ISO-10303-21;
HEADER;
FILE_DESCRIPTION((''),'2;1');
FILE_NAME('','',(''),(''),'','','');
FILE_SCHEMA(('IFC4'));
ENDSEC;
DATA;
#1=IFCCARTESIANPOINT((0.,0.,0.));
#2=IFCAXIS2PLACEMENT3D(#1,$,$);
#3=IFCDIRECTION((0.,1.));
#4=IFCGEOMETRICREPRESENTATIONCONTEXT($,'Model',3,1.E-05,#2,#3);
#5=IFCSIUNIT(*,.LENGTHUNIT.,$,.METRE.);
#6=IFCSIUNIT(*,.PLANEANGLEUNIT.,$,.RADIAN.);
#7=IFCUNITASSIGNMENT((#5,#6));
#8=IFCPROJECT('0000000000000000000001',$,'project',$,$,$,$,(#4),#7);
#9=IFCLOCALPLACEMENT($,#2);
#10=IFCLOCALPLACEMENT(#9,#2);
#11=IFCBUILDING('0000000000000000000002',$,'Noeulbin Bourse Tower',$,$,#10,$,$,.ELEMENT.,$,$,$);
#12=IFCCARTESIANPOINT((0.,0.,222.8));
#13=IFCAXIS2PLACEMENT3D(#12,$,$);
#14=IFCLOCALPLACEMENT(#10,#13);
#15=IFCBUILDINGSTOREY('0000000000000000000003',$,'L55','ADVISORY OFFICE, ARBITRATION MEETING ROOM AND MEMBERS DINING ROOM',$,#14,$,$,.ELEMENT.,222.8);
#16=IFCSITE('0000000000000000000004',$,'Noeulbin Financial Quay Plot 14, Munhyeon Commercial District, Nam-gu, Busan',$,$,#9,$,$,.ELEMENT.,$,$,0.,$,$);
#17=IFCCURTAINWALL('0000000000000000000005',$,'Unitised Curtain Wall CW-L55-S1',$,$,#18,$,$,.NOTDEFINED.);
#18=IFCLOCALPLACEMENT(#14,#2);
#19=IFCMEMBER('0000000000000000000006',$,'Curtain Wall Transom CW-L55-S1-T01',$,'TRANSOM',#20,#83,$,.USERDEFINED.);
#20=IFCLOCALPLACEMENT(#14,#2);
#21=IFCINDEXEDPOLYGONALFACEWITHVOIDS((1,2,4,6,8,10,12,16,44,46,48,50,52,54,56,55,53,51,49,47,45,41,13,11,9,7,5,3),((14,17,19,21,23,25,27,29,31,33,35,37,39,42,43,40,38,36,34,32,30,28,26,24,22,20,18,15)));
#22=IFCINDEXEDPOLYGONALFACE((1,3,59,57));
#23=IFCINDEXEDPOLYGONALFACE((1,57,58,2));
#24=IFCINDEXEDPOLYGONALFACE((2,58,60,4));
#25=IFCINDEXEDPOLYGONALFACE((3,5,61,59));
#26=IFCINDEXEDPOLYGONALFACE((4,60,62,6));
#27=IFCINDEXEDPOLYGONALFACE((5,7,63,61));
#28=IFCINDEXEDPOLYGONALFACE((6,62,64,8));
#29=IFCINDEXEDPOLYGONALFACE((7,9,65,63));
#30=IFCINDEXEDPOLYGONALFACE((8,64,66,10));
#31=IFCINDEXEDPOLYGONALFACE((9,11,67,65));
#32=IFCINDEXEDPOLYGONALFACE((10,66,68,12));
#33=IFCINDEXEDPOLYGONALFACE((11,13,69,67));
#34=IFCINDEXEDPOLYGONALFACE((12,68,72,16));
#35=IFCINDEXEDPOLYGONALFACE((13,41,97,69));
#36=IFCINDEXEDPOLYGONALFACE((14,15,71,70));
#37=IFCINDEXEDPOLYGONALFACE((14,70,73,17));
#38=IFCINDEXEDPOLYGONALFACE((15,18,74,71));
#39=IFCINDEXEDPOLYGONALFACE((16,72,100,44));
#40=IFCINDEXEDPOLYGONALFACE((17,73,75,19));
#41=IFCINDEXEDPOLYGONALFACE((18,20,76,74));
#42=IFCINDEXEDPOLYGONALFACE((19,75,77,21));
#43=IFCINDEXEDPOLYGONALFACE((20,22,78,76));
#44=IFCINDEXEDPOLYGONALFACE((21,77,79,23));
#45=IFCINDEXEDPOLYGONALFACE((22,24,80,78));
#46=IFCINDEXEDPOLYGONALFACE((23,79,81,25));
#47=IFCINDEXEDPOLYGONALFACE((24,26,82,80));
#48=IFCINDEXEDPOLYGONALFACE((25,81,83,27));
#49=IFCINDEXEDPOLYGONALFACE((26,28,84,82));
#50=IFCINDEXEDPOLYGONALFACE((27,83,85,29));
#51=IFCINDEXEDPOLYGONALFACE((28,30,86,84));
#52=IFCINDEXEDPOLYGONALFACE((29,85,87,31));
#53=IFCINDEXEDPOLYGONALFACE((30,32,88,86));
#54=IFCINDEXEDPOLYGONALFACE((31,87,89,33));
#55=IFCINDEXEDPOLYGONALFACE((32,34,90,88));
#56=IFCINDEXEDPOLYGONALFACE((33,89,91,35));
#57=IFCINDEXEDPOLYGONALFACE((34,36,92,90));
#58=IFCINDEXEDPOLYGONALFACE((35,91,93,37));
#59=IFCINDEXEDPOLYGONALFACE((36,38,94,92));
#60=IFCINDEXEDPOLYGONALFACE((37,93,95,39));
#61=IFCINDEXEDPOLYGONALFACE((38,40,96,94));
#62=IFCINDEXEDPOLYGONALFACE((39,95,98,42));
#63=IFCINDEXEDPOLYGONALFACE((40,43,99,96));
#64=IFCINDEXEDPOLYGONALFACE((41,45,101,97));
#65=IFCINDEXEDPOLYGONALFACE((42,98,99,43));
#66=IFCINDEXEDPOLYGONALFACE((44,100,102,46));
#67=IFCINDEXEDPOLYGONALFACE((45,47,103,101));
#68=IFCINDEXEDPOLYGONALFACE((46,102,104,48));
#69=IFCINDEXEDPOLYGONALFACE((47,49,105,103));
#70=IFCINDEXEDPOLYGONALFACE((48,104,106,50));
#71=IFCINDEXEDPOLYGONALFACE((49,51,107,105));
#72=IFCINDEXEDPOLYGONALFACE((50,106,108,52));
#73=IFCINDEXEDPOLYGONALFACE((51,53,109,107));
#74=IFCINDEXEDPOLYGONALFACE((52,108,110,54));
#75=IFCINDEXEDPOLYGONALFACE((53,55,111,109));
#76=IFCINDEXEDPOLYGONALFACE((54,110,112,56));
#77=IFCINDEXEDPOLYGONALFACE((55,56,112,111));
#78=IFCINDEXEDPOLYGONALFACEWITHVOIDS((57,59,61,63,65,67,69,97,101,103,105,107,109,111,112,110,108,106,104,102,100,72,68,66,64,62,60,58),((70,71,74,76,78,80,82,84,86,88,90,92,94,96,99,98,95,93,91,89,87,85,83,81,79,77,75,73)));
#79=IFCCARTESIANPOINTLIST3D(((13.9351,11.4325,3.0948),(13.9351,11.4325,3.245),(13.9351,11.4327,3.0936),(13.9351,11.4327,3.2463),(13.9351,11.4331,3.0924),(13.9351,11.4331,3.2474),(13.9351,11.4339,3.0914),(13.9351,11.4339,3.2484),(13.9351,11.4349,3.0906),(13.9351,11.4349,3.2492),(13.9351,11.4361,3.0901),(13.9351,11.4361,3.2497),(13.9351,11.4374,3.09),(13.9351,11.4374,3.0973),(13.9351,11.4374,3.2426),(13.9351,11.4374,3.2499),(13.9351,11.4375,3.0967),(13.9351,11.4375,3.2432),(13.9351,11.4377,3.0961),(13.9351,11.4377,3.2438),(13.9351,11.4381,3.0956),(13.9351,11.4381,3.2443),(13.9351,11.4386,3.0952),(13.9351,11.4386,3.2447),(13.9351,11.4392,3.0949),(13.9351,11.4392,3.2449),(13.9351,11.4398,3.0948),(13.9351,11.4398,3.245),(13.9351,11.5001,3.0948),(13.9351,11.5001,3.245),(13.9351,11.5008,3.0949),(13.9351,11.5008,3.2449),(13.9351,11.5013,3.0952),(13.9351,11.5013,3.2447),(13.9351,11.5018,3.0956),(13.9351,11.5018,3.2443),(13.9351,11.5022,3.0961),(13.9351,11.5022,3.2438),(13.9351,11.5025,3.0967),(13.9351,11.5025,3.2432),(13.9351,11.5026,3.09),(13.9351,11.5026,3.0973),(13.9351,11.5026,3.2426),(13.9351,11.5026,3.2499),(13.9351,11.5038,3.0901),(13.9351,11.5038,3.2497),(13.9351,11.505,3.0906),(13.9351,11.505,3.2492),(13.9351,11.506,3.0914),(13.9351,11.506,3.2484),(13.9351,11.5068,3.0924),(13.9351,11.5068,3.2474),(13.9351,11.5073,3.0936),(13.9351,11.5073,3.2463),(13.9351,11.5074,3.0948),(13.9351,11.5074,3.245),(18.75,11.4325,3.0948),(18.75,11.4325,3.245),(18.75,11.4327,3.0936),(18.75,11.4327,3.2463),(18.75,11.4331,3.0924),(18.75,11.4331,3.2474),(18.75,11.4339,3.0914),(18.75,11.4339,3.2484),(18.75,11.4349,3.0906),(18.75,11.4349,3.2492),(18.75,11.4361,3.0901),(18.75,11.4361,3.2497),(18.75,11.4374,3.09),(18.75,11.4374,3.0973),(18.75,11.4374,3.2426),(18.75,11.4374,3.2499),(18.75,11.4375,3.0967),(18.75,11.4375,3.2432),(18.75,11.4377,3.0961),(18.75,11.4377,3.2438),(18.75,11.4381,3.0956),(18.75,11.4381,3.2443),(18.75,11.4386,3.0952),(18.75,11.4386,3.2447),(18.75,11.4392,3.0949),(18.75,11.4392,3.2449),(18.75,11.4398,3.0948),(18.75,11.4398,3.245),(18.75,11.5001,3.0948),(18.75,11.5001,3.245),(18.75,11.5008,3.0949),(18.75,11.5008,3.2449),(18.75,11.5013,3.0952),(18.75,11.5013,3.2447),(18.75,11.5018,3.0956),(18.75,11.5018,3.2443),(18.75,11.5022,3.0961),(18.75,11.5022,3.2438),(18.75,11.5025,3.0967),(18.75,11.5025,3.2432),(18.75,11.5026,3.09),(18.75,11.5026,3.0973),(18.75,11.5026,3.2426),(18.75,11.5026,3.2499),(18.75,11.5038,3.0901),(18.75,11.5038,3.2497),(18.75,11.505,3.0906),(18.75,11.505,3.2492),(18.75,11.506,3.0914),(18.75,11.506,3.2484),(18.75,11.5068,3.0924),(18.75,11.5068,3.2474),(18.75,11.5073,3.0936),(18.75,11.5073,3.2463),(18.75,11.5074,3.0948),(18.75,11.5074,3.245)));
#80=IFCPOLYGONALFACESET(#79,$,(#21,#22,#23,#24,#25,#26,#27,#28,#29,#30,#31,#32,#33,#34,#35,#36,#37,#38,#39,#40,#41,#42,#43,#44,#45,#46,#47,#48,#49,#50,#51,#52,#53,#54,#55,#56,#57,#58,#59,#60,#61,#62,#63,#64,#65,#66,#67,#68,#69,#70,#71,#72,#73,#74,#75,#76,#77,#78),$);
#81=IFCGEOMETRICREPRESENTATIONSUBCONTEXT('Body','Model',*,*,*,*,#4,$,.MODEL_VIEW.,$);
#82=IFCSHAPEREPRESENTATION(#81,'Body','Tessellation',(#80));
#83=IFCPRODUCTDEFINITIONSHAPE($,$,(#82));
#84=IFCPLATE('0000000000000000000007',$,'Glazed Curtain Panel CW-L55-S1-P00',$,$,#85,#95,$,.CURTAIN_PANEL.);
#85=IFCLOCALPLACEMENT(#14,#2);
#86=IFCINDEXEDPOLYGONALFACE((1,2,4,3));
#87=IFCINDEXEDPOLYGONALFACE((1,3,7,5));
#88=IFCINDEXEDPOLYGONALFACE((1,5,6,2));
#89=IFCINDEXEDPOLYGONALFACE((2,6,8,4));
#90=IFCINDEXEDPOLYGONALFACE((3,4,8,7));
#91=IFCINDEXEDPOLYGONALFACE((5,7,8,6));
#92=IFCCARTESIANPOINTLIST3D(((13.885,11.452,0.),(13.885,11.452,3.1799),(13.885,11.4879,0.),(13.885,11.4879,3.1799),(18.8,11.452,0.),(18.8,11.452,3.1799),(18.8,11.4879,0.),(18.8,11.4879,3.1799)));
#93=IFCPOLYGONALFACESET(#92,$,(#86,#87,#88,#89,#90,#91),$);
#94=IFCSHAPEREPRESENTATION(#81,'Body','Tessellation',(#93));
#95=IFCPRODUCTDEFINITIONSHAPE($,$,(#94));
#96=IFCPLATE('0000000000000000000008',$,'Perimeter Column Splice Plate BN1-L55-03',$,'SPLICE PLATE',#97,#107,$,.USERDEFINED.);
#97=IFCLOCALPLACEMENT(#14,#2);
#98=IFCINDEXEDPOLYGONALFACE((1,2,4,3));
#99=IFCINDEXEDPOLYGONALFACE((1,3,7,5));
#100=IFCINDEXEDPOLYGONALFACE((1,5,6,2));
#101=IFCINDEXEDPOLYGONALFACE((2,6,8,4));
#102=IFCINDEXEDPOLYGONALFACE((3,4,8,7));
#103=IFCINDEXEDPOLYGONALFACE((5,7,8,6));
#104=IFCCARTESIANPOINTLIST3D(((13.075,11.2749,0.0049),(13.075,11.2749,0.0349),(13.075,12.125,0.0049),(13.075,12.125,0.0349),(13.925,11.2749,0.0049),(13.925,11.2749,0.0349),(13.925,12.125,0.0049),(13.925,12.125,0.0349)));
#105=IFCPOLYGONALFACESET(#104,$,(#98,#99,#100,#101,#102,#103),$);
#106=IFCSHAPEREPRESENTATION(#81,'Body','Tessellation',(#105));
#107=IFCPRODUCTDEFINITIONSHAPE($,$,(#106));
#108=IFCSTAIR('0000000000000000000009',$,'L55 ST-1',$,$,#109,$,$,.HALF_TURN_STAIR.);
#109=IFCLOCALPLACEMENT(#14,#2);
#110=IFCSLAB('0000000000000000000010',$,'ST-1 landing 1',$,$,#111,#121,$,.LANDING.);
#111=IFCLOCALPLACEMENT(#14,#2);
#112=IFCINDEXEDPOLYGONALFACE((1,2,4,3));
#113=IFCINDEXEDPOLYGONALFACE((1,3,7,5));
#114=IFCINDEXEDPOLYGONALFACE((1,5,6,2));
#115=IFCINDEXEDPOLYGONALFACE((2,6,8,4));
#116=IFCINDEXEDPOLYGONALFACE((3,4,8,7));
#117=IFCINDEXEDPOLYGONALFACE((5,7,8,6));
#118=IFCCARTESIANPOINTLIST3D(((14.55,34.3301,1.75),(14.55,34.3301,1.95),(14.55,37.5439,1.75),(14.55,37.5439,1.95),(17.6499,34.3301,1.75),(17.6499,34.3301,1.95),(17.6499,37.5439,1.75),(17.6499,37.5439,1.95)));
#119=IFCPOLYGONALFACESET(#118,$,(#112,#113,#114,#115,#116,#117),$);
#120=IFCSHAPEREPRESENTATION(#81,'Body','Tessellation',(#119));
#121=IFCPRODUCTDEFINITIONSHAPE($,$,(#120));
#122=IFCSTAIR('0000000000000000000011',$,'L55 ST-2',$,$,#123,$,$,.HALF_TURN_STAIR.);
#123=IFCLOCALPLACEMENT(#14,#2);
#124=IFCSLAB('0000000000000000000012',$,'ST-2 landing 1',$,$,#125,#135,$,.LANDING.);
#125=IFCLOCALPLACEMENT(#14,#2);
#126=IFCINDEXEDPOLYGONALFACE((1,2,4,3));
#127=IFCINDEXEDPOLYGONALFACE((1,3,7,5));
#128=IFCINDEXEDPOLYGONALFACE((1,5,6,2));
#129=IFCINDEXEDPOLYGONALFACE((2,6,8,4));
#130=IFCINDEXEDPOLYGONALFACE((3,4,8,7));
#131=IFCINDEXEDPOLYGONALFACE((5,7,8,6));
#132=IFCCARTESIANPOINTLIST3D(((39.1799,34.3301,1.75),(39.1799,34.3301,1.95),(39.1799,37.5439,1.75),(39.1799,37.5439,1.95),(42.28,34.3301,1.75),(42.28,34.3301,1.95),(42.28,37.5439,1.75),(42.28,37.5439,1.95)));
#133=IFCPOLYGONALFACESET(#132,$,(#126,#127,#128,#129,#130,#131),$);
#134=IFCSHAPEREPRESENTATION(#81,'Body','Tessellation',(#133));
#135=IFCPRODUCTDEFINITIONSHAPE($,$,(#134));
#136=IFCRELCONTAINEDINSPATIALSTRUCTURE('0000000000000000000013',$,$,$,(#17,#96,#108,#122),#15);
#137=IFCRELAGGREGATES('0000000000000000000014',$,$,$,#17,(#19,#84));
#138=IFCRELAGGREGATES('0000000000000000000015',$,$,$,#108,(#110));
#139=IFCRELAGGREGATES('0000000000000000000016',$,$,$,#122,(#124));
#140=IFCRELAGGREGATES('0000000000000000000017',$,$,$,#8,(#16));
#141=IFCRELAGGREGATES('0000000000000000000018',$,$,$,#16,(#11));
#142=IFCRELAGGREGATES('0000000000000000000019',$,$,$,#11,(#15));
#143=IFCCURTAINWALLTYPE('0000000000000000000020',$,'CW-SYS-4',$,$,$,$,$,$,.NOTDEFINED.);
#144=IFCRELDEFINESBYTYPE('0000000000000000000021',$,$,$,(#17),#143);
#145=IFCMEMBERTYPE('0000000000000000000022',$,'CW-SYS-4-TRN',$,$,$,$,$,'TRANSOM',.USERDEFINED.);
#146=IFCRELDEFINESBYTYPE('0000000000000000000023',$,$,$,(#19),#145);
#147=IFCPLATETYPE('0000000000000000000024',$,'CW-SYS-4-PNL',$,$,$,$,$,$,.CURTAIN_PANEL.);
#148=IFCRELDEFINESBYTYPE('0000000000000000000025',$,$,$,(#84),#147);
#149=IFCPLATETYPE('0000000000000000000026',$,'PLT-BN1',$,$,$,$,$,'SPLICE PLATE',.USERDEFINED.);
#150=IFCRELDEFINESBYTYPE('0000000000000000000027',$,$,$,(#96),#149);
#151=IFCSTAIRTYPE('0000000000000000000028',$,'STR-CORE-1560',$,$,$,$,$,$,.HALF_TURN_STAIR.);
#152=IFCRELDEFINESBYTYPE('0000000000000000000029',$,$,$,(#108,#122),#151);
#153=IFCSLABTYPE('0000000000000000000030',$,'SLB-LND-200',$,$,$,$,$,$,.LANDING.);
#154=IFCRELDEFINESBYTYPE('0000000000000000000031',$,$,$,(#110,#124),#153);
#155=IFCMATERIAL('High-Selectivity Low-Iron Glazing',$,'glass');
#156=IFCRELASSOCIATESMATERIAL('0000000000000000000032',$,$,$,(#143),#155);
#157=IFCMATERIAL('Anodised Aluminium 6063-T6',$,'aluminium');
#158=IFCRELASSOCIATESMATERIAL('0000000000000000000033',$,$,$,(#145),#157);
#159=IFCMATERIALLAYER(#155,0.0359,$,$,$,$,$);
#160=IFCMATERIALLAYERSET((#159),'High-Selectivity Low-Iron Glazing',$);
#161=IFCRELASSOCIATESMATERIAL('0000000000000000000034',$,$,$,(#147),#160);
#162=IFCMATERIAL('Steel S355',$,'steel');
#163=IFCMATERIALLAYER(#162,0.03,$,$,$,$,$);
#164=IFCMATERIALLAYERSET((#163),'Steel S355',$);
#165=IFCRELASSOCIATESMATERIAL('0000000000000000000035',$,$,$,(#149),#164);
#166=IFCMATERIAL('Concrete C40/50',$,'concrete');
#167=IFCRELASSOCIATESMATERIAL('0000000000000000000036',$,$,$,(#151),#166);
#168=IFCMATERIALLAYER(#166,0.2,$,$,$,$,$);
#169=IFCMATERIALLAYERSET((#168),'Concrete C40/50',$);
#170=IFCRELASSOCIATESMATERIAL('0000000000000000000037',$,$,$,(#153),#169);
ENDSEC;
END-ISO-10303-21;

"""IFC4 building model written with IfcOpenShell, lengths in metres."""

from ifc_helpers import new_model, si_unit, direction, frame, origin, origin_2d, place, context, subcontext, project, spatial, polyline, rectangle, hollow_rectangle, outline, extrude, material, layer, layer_set, material_profile, profile_set, type_object, element, aggregate, save


model = new_model("IFC4")

# Units and contexts
model_context = context("Model", 3, precision=1e-05, world=origin(), true_north=direction((0.0, 1.0)))
body_context = subcontext(model_context, "Body", "Model", "MODEL_VIEW")
ifc_project = project(units=[si_unit("LENGTHUNIT", "METRE"), si_unit("PLANEANGLEUNIT", "RADIAN")], contexts=[model_context])

# Site, building, storey
site_placement = place(None, origin())
site = spatial("IfcSite", under=ifc_project, at=site_placement, Name="Noeulbin Financial Quay Plot 14, Munhyeon Commercial District, Nam-gu, Busan", CompositionType="ELEMENT", RefElevation=0.0)
building_placement = place(site_placement, origin())
building = spatial("IfcBuilding", under=site, at=building_placement, Name="Noeulbin Bourse Tower", CompositionType="ELEMENT")
storey_placement = place(building_placement, frame((0.0, 0.0, 222.8)))
storey = spatial("IfcBuildingStorey", under=building, at=storey_placement, Name="L55", Description="ADVISORY OFFICE, ARBITRATION MEETING ROOM AND MEMBERS DINING ROOM", CompositionType="ELEMENT", Elevation=222.8)

# Shared definitions
ifc_material_1 = material(Name="Steel S355", Category="steel")

# Curtain wall, member, plate
ifc_material_2 = material(Name="High-Selectivity Low-Iron Glazing", Category="glass")
curtain_wall_type = type_object("IfcCurtainWallType", Name="CW-SYS-4", PredefinedType="NOTDEFINED", material=ifc_material_2)
curtain_wall_placement = place(storey_placement, origin())
curtain_wall = element("IfcCurtainWall", 1, at=curtain_wall_placement, inside=storey, type_object=curtain_wall_type, Name="Unitised Curtain Wall CW-L55-S1", PredefinedType="NOTDEFINED")
ifc_material_3 = material(Name="Anodised Aluminium 6063-T6", Category="aluminium")
ifc_material_profile_1 = material_profile(ifc_material_3, hollow_rectangle(XDim=0.075, YDim=0.1599, WallThickness=0.0049, InnerFilletRadius=0.0024, OuterFilletRadius=0.0049, at=origin_2d()), Name="ALU-TRAN-75x160x5", Category="LoadBearing")
ifc_profile_set_1 = profile_set([ifc_material_profile_1], Name="Anodised Aluminium 6063-T6")
member_type_1 = type_object("IfcMemberType", Name="CW-SYS-4-TRN", ElementType="TRANSOM", PredefinedType="USERDEFINED", material=ifc_profile_set_1)
member_1_placement = place(storey_placement, frame((13.9351, 11.47, 3.1699), z_axis=(1.0, 0.0, 0.0), x_axis=(0.0, 1.0, 0.0)))
member_1 = element("IfcMember", 2, at=member_1_placement, type_object=member_type_1, Name="Curtain Wall Transom CW-L55-S1-T01", ObjectType="TRANSOM", PredefinedType="USERDEFINED", context=body_context, shape_type="SweptSolid", body=[
    extrude(hollow_rectangle(XDim=0.075, YDim=0.1599, WallThickness=0.0049, InnerFilletRadius=0.0024, OuterFilletRadius=0.0049, at=origin_2d()), origin(), (0.0, 0.0, 1.0), 4.8149),
])
ifc_layer_1 = layer(ifc_material_2, 0.0359)
ifc_layer_set_1 = layer_set([ifc_layer_1], Name="High-Selectivity Low-Iron Glazing")
plate_type_1 = type_object("IfcPlateType", Name="CW-SYS-4-PNL", PredefinedType="CURTAIN_PANEL", material=ifc_layer_set_1)
plate_1_placement = place(storey_placement, frame((16.3425, 11.47, 0.0), z_axis=(0.0, 0.0, 1.0), x_axis=(1.0, 0.0, 0.0)))
plate_1 = element("IfcPlate", 3, at=plate_1_placement, type_object=plate_type_1, Name="Glazed Curtain Panel CW-L55-S1-P00", PredefinedType="CURTAIN_PANEL", context=body_context, shape_type="SweptSolid", body=[
    extrude(rectangle(XDim=4.915, YDim=0.0359, at=origin_2d()), origin(), (0.0, 0.0, 1.0), 3.1799),
])
aggregate(curtain_wall, [member_1, plate_1])

# Plate
ifc_layer_2 = layer(ifc_material_1, 0.03)
ifc_layer_set_2 = layer_set([ifc_layer_2], Name="Steel S355")
plate_type_2 = type_object("IfcPlateType", Name="PLT-BN1", ElementType="SPLICE PLATE", PredefinedType="USERDEFINED", material=ifc_layer_set_2)
plate_2_placement = place(storey_placement, frame((13.5, 11.7, 0.0049), z_axis=(0.0, 0.0, 1.0), x_axis=(1.0, 0.0, 0.0)))
element("IfcPlate", 4, at=plate_2_placement, inside=storey, type_object=plate_type_2, Name="Perimeter Column Splice Plate BN1-L55-03", ObjectType="SPLICE PLATE", PredefinedType="USERDEFINED", context=body_context, shape_type="SweptSolid", body=[
    extrude(rectangle(XDim=0.8501, YDim=0.8501, at=origin_2d()), origin(), (0.0, 0.0, 1.0), 0.03),
])

# Stairs, slabs
ifc_material_4 = material(Name="Concrete C40/50", Category="concrete")
stair_type = type_object("IfcStairType", Name="STR-CORE-1560", PredefinedType="HALF_TURN_STAIR", material=ifc_material_4)
stair_1_placement = place(storey_placement, origin())
stair_1 = element("IfcStair", 5, at=stair_1_placement, inside=storey, type_object=stair_type, Name="L55 ST-1", PredefinedType="HALF_TURN_STAIR")
ifc_layer_3 = layer(ifc_material_4, 0.2)
ifc_layer_set_3 = layer_set([ifc_layer_3], Name="Concrete C40/50")
slab_type_1 = type_object("IfcSlabType", Name="SLB-LND-200", PredefinedType="LANDING", material=ifc_layer_set_3)
slab_1_placement = place(storey_placement, frame((0.0, 0.0, 1.75)))
slab_1 = element("IfcSlab", 6, at=slab_1_placement, type_object=slab_type_1, Name="ST-1 landing 1", PredefinedType="LANDING", context=body_context, shape_type="SweptSolid", body=[
    extrude(outline(polyline([(17.6499, 34.3301), (17.6499, 37.5439), (14.55, 37.5439), (14.55, 34.3301), (17.6499, 34.3301)])), origin(), (0.0, 0.0, 1.0), 0.2),
])
aggregate(stair_1, [slab_1])
stair_2_placement = place(storey_placement, origin())
stair_2 = element("IfcStair", 7, at=stair_2_placement, inside=storey, type_object=stair_type, Name="L55 ST-2", PredefinedType="HALF_TURN_STAIR")
slab_2_placement = place(storey_placement, frame((0.0, 0.0, 1.75)))
slab_2 = element("IfcSlab", 8, at=slab_2_placement, type_object=slab_type_1, Name="ST-2 landing 1", PredefinedType="LANDING", context=body_context, shape_type="SweptSolid", body=[
    extrude(outline(polyline([(42.28, 34.3301), (42.28, 37.5439), (39.1799, 37.5439), (39.1799, 34.3301), (42.28, 34.3301)])), origin(), (0.0, 0.0, 1.0), 0.2),
])
aggregate(stair_2, [slab_2])

save(model, "model.ifc")
